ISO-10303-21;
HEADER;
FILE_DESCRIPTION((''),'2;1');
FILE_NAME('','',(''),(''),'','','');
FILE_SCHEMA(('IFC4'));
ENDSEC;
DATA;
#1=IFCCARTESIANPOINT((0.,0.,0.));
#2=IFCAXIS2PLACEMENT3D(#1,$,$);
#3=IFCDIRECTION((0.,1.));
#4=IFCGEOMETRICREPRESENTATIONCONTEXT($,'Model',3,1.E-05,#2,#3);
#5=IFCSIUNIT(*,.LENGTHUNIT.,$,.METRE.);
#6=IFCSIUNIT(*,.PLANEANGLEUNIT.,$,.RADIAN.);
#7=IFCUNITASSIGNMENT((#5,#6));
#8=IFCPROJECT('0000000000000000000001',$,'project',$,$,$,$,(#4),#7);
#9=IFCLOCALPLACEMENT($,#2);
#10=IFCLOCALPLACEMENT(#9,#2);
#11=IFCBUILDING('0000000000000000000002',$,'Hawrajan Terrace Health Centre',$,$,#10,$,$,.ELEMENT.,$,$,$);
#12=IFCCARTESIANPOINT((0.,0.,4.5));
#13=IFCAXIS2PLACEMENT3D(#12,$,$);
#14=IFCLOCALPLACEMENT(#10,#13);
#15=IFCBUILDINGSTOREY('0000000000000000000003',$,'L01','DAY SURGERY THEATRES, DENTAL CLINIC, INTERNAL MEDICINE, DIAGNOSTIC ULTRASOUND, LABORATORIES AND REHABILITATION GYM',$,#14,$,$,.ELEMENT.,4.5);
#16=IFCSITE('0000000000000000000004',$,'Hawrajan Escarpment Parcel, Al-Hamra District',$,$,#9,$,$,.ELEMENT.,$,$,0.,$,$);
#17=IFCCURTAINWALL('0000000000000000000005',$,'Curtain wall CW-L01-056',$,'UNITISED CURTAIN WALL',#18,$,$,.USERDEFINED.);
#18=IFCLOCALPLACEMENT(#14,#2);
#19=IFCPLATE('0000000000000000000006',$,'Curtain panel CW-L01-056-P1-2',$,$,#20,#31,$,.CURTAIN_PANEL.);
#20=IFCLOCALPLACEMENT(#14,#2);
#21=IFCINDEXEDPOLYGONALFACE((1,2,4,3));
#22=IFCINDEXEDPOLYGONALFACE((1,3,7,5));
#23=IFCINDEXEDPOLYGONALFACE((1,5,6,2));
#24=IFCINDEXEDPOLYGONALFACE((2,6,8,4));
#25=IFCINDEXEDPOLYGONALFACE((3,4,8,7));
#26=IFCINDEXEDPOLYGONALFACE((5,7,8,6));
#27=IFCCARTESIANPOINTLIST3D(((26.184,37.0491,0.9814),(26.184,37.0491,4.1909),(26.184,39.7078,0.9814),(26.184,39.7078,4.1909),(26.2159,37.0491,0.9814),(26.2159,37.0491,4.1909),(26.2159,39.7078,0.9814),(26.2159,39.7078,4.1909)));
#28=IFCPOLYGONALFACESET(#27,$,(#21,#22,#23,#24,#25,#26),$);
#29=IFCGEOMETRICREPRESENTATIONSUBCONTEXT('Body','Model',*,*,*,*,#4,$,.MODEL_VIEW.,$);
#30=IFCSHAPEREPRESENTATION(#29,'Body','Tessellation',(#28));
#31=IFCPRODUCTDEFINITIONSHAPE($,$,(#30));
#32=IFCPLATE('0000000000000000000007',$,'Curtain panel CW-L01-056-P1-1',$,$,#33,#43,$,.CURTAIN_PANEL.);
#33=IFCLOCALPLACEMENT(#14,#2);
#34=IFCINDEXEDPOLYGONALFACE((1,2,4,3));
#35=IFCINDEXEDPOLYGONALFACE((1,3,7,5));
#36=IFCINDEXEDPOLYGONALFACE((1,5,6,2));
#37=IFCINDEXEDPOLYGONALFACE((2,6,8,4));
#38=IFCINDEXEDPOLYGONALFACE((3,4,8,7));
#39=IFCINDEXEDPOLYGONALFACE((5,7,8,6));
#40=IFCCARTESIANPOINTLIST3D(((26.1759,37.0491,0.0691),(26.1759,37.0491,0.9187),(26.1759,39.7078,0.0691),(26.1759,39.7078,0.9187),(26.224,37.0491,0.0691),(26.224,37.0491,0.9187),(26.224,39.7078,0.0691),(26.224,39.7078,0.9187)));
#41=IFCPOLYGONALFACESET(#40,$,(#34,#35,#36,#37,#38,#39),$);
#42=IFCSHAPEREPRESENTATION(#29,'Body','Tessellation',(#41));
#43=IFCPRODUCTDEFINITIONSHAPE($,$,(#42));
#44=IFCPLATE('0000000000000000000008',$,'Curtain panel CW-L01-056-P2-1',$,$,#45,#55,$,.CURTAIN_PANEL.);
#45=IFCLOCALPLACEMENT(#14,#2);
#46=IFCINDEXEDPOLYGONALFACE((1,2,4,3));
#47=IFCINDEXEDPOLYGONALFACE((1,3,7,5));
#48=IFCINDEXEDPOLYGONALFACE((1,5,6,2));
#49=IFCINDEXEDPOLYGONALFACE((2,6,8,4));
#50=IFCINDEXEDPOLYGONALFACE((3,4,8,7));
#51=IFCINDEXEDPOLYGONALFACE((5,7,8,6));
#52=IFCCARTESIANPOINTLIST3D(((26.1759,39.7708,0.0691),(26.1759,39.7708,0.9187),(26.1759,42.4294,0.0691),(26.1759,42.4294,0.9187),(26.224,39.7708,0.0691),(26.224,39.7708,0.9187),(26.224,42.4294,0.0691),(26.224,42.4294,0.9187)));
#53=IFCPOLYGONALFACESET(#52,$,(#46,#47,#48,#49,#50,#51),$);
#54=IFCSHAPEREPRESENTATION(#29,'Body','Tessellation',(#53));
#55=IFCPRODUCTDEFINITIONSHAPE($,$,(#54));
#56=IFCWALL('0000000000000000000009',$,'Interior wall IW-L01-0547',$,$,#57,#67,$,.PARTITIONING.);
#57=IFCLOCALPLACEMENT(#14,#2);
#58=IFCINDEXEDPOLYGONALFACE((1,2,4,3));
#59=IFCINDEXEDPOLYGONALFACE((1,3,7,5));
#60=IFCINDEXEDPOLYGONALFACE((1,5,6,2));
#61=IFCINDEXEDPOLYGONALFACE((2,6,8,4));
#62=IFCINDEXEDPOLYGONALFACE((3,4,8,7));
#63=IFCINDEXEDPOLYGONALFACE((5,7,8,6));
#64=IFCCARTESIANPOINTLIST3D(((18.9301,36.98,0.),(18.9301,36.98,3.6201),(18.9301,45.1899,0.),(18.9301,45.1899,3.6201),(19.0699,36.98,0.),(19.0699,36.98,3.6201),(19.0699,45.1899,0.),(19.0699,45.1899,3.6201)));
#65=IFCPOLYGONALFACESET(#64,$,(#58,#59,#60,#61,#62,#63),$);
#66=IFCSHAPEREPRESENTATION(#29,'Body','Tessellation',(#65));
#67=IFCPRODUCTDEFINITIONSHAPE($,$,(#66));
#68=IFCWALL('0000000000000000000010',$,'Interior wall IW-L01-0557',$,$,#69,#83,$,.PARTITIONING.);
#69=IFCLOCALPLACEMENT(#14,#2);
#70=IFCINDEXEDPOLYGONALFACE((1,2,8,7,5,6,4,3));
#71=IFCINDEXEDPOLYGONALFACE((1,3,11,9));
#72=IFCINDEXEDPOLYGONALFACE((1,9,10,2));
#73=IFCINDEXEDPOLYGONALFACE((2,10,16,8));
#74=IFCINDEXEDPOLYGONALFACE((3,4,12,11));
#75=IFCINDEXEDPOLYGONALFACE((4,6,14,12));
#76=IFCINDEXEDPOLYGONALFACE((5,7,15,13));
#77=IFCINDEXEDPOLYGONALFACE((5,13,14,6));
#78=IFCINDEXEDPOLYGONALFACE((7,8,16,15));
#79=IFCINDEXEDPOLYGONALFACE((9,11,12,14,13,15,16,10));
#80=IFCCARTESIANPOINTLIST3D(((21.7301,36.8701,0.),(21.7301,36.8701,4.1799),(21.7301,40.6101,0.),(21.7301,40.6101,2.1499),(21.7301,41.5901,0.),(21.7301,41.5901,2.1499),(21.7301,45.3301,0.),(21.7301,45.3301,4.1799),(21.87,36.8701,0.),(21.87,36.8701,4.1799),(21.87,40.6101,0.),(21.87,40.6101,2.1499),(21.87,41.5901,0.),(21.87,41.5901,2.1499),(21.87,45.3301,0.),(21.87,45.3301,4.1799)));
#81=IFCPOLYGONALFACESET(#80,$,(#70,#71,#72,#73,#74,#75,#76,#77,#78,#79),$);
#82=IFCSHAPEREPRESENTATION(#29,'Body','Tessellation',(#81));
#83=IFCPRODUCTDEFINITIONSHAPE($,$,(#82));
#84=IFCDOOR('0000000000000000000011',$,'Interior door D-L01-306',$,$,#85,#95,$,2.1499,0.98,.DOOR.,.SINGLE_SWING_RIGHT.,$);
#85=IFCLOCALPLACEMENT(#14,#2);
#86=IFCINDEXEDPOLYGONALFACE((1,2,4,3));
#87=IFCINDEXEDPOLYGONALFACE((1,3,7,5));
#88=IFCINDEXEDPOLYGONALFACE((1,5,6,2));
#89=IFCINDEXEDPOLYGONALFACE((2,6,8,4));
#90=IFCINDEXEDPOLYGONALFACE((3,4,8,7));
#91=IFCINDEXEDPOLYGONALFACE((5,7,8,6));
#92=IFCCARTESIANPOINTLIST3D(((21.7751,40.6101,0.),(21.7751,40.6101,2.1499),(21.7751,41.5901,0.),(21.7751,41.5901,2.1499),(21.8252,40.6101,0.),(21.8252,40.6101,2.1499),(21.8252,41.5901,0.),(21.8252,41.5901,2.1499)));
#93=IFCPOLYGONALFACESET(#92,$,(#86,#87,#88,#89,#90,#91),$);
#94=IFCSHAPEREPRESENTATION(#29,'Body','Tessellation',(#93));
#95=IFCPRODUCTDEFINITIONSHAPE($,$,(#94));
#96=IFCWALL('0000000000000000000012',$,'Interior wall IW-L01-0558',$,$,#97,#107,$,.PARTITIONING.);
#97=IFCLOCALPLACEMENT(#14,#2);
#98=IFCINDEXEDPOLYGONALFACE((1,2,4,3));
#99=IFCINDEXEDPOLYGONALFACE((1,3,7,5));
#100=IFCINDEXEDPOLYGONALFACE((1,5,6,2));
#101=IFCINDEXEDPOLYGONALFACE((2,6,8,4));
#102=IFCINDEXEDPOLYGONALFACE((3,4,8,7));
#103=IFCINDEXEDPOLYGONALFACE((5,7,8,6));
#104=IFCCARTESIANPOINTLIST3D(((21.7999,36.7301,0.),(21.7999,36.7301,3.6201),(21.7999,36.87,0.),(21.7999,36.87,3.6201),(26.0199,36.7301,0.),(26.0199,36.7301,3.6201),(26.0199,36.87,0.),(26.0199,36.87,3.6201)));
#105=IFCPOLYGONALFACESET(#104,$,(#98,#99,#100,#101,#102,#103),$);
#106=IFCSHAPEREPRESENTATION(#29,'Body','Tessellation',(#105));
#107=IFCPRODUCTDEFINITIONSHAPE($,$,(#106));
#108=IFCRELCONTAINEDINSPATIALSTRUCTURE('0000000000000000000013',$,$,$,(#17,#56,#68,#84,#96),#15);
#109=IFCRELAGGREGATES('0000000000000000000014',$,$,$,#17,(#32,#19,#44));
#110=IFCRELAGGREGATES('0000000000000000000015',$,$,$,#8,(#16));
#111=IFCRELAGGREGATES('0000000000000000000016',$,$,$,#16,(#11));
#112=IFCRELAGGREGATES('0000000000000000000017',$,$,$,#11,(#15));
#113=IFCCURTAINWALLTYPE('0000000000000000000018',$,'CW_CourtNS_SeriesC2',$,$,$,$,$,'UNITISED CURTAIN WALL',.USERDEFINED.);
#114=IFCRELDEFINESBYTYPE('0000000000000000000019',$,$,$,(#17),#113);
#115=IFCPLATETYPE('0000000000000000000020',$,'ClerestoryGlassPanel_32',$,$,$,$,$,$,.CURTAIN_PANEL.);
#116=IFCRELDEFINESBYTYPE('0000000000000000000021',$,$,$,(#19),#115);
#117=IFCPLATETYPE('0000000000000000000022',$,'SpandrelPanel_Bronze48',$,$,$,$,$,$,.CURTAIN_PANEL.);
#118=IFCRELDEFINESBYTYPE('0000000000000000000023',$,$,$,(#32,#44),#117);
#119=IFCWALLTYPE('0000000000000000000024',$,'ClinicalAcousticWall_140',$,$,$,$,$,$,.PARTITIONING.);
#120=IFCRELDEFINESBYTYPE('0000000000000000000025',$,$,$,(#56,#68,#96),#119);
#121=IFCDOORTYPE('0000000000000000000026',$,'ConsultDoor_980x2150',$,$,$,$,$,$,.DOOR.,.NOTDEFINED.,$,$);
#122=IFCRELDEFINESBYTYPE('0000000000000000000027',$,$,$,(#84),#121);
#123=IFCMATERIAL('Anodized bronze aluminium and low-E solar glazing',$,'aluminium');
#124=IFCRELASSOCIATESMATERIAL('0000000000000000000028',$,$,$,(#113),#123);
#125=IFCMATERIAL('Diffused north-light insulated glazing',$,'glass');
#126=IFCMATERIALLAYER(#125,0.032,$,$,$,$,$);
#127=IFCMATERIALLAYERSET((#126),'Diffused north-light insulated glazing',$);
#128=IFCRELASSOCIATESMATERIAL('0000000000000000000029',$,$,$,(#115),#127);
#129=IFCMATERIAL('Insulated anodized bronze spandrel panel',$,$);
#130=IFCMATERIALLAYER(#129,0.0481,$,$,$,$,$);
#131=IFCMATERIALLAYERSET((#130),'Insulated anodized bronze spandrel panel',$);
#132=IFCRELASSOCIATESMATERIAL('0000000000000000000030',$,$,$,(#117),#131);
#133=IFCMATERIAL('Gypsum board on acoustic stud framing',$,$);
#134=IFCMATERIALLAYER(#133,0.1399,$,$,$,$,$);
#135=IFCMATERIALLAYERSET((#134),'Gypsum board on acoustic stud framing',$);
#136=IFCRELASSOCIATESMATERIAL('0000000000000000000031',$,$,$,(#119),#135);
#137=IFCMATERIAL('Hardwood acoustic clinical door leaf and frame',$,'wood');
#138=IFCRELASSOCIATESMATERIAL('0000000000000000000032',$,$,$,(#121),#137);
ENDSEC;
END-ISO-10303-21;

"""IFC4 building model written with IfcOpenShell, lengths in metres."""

from ifc_helpers import new_model, si_unit, direction, frame, frame_2d, origin, origin_2d, place, context, subcontext, project, spatial, rectangle, extrude, material, layer, layer_set, type_object, element, fill, aggregate, save


model = new_model("IFC4")

# Units and contexts
model_context = context("Model", 3, precision=1e-05, world=origin(), true_north=direction((0.0, 1.0)))
body_context = subcontext(model_context, "Body", "Model", "MODEL_VIEW")
ifc_project = project(units=[si_unit("LENGTHUNIT", "METRE"), si_unit("PLANEANGLEUNIT", "RADIAN")], contexts=[model_context])

# Site, building, storey
site_placement = place(None, origin())
site = spatial("IfcSite", under=ifc_project, at=site_placement, Name="Hawrajan Escarpment Parcel, Al-Hamra District", CompositionType="ELEMENT", RefElevation=0.0)
building_placement = place(site_placement, origin())
building = spatial("IfcBuilding", under=site, at=building_placement, Name="Hawrajan Terrace Health Centre", CompositionType="ELEMENT")
storey_placement = place(building_placement, frame((0.0, 0.0, 4.5)))
storey = spatial("IfcBuildingStorey", under=building, at=storey_placement, Name="L01", Description="DAY SURGERY THEATRES, DENTAL CLINIC, INTERNAL MEDICINE, DIAGNOSTIC ULTRASOUND, LABORATORIES AND REHABILITATION GYM", CompositionType="ELEMENT", Elevation=4.5)

# Curtain wall
ifc_material_1 = material(Name="Anodized bronze aluminium and low-E solar glazing", Category="aluminium")
curtain_wall_type_1 = type_object("IfcCurtainWallType", Name="CW_CourtNS_SeriesC2", ElementType="UNITISED CURTAIN WALL", PredefinedType="USERDEFINED", material=ifc_material_1)
curtain_wall_1_placement = place(storey_placement, origin())
curtain_wall_1 = element("IfcCurtainWall", 1, at=curtain_wall_1_placement, inside=storey, type_object=curtain_wall_type_1, Name="Curtain wall CW-L01-056", ObjectType="UNITISED CURTAIN WALL", PredefinedType="USERDEFINED")

# Plates
ifc_material_2 = material(Name="Diffused north-light insulated glazing", Category="glass")
ifc_layer_1 = layer(ifc_material_2, 0.032)
ifc_layer_set_1 = layer_set([ifc_layer_1], Name="Diffused north-light insulated glazing")
plate_type_1 = type_object("IfcPlateType", Name="ClerestoryGlassPanel_32", PredefinedType="CURTAIN_PANEL", material=ifc_layer_set_1)
plate_1_placement = place(storey_placement, frame((26.2, 38.3784, 0.9814), z_axis=(0.0, 0.0, 1.0), x_axis=(0.0, 1.0, 0.0)))
plate_1 = element("IfcPlate", 2, at=plate_1_placement, type_object=plate_type_1, Name="Curtain panel CW-L01-056-P1-2", PredefinedType="CURTAIN_PANEL", context=body_context, shape_type="SweptSolid", body=[
    extrude(rectangle(XDim=2.6587, YDim=0.032, at=origin_2d()), origin(), (0.0, 0.0, 1.0), 3.2095),
])
ifc_material_3 = material(Name="Insulated anodized bronze spandrel panel")
ifc_layer_2 = layer(ifc_material_3, 0.0481)
ifc_layer_set_2 = layer_set([ifc_layer_2], Name="Insulated anodized bronze spandrel panel")
plate_type_2 = type_object("IfcPlateType", Name="SpandrelPanel_Bronze48", PredefinedType="CURTAIN_PANEL", material=ifc_layer_set_2)
plate_2_placement = place(storey_placement, frame((26.2, 38.3784, 0.0691), z_axis=(0.0, 0.0, 1.0), x_axis=(0.0, 1.0, 0.0)))
plate_2 = element("IfcPlate", 3, at=plate_2_placement, type_object=plate_type_2, Name="Curtain panel CW-L01-056-P1-1", PredefinedType="CURTAIN_PANEL", context=body_context, shape_type="SweptSolid", body=[
    extrude(rectangle(XDim=2.6587, YDim=0.0481, at=origin_2d()), origin(), (0.0, 0.0, 1.0), 0.8496),
])
plate_3_placement = place(storey_placement, frame((26.2, 41.1001, 0.0691), z_axis=(0.0, 0.0, 1.0), x_axis=(0.0, 1.0, 0.0)))
plate_3 = element("IfcPlate", 4, at=plate_3_placement, type_object=plate_type_2, Name="Curtain panel CW-L01-056-P2-1", PredefinedType="CURTAIN_PANEL", context=body_context, shape_type="SweptSolid", body=[
    extrude(rectangle(XDim=2.6587, YDim=0.0481, at=origin_2d()), origin(), (0.0, 0.0, 1.0), 0.8496),
])
aggregate(curtain_wall_1, [plate_2, plate_1, plate_3])

# Wall
ifc_material_4 = material(Name="Gypsum board on acoustic stud framing")
ifc_layer_3 = layer(ifc_material_4, 0.1399)
ifc_layer_set_3 = layer_set([ifc_layer_3], Name="Gypsum board on acoustic stud framing")
wall_type = type_object("IfcWallType", Name="ClinicalAcousticWall_140", PredefinedType="PARTITIONING", material=ifc_layer_set_3)
wall_1_placement = place(storey_placement, frame((19.0, 36.98, 0.0), z_axis=(0.0, 0.0, 1.0), x_axis=(0.0, 1.0, 0.0)))
element("IfcWall", 5, at=wall_1_placement, inside=storey, type_object=wall_type, Name="Interior wall IW-L01-0547", PredefinedType="PARTITIONING", context=body_context, shape_type="SweptSolid", body=[
    extrude(rectangle(XDim=8.21, YDim=0.1399, at=frame_2d((4.105, 0.0))), origin(), (0.0, 0.0, 1.0), 3.6201),
])

# Wall, opening, door
wall_2_placement = place(storey_placement, frame((21.8, 36.8701, 0.0), z_axis=(0.0, 0.0, 1.0), x_axis=(0.0, 1.0, 0.0)))
wall_2 = element("IfcWall", 6, at=wall_2_placement, inside=storey, type_object=wall_type, Name="Interior wall IW-L01-0557", PredefinedType="PARTITIONING", context=body_context, shape_type="SweptSolid", body=[
    extrude(rectangle(XDim=8.46, YDim=0.1399, at=frame_2d((4.23, 0.0))), origin(), (0.0, 0.0, 1.0), 4.1799),
])
opening_placement = place(wall_2_placement, frame((3.74, 0.0, 0.0)))
opening = element("IfcOpeningElement", 7, at=opening_placement, cuts=wall_2, PredefinedType="OPENING", context=body_context, shape_type="SweptSolid", body=[
    extrude(rectangle(XDim=0.98, YDim=2.1499, at=frame_2d((0.49, 1.075))), frame((0.0, 0.0798, 0.0), z_axis=(0.0, -1.0, 0.0), x_axis=(1.0, 0.0, 0.0)), (0.0, 0.0, 1.0), 0.1599),
])
ifc_material_5 = material(Name="Hardwood acoustic clinical door leaf and frame", Category="wood")
door_type = type_object("IfcDoorType", Name="ConsultDoor_980x2150", OperationType="NOTDEFINED", PredefinedType="DOOR", material=ifc_material_5)
door_placement = place(opening_placement, origin())
door = element("IfcDoor", 8, at=door_placement, inside=storey, type_object=door_type, Name="Interior door D-L01-306", OperationType="SINGLE_SWING_RIGHT", OverallHeight=2.1499, OverallWidth=0.98, PredefinedType="DOOR", context=body_context, shape_type="SweptSolid", body=[
    extrude(rectangle(XDim=0.98, YDim=2.1499, at=frame_2d((0.49, 1.075))), frame((0.0, 0.0249, 0.0), z_axis=(0.0, -1.0, 0.0), x_axis=(1.0, 0.0, 0.0)), (0.0, 0.0, 1.0), 0.05),
])
fill(opening, door)

# Wall
wall_3_placement = place(storey_placement, frame((21.8, 36.8, 0.0), z_axis=(0.0, 0.0, 1.0), x_axis=(1.0, 0.0, 0.0)))
element("IfcWall", 9, at=wall_3_placement, inside=storey, type_object=wall_type, Name="Interior wall IW-L01-0558", PredefinedType="PARTITIONING", context=body_context, shape_type="SweptSolid", body=[
    extrude(rectangle(XDim=4.22, YDim=0.1399, at=frame_2d((2.1099, 0.0))), origin(), (0.0, 0.0, 1.0), 3.6201),
])

save(model, "model.ifc")
